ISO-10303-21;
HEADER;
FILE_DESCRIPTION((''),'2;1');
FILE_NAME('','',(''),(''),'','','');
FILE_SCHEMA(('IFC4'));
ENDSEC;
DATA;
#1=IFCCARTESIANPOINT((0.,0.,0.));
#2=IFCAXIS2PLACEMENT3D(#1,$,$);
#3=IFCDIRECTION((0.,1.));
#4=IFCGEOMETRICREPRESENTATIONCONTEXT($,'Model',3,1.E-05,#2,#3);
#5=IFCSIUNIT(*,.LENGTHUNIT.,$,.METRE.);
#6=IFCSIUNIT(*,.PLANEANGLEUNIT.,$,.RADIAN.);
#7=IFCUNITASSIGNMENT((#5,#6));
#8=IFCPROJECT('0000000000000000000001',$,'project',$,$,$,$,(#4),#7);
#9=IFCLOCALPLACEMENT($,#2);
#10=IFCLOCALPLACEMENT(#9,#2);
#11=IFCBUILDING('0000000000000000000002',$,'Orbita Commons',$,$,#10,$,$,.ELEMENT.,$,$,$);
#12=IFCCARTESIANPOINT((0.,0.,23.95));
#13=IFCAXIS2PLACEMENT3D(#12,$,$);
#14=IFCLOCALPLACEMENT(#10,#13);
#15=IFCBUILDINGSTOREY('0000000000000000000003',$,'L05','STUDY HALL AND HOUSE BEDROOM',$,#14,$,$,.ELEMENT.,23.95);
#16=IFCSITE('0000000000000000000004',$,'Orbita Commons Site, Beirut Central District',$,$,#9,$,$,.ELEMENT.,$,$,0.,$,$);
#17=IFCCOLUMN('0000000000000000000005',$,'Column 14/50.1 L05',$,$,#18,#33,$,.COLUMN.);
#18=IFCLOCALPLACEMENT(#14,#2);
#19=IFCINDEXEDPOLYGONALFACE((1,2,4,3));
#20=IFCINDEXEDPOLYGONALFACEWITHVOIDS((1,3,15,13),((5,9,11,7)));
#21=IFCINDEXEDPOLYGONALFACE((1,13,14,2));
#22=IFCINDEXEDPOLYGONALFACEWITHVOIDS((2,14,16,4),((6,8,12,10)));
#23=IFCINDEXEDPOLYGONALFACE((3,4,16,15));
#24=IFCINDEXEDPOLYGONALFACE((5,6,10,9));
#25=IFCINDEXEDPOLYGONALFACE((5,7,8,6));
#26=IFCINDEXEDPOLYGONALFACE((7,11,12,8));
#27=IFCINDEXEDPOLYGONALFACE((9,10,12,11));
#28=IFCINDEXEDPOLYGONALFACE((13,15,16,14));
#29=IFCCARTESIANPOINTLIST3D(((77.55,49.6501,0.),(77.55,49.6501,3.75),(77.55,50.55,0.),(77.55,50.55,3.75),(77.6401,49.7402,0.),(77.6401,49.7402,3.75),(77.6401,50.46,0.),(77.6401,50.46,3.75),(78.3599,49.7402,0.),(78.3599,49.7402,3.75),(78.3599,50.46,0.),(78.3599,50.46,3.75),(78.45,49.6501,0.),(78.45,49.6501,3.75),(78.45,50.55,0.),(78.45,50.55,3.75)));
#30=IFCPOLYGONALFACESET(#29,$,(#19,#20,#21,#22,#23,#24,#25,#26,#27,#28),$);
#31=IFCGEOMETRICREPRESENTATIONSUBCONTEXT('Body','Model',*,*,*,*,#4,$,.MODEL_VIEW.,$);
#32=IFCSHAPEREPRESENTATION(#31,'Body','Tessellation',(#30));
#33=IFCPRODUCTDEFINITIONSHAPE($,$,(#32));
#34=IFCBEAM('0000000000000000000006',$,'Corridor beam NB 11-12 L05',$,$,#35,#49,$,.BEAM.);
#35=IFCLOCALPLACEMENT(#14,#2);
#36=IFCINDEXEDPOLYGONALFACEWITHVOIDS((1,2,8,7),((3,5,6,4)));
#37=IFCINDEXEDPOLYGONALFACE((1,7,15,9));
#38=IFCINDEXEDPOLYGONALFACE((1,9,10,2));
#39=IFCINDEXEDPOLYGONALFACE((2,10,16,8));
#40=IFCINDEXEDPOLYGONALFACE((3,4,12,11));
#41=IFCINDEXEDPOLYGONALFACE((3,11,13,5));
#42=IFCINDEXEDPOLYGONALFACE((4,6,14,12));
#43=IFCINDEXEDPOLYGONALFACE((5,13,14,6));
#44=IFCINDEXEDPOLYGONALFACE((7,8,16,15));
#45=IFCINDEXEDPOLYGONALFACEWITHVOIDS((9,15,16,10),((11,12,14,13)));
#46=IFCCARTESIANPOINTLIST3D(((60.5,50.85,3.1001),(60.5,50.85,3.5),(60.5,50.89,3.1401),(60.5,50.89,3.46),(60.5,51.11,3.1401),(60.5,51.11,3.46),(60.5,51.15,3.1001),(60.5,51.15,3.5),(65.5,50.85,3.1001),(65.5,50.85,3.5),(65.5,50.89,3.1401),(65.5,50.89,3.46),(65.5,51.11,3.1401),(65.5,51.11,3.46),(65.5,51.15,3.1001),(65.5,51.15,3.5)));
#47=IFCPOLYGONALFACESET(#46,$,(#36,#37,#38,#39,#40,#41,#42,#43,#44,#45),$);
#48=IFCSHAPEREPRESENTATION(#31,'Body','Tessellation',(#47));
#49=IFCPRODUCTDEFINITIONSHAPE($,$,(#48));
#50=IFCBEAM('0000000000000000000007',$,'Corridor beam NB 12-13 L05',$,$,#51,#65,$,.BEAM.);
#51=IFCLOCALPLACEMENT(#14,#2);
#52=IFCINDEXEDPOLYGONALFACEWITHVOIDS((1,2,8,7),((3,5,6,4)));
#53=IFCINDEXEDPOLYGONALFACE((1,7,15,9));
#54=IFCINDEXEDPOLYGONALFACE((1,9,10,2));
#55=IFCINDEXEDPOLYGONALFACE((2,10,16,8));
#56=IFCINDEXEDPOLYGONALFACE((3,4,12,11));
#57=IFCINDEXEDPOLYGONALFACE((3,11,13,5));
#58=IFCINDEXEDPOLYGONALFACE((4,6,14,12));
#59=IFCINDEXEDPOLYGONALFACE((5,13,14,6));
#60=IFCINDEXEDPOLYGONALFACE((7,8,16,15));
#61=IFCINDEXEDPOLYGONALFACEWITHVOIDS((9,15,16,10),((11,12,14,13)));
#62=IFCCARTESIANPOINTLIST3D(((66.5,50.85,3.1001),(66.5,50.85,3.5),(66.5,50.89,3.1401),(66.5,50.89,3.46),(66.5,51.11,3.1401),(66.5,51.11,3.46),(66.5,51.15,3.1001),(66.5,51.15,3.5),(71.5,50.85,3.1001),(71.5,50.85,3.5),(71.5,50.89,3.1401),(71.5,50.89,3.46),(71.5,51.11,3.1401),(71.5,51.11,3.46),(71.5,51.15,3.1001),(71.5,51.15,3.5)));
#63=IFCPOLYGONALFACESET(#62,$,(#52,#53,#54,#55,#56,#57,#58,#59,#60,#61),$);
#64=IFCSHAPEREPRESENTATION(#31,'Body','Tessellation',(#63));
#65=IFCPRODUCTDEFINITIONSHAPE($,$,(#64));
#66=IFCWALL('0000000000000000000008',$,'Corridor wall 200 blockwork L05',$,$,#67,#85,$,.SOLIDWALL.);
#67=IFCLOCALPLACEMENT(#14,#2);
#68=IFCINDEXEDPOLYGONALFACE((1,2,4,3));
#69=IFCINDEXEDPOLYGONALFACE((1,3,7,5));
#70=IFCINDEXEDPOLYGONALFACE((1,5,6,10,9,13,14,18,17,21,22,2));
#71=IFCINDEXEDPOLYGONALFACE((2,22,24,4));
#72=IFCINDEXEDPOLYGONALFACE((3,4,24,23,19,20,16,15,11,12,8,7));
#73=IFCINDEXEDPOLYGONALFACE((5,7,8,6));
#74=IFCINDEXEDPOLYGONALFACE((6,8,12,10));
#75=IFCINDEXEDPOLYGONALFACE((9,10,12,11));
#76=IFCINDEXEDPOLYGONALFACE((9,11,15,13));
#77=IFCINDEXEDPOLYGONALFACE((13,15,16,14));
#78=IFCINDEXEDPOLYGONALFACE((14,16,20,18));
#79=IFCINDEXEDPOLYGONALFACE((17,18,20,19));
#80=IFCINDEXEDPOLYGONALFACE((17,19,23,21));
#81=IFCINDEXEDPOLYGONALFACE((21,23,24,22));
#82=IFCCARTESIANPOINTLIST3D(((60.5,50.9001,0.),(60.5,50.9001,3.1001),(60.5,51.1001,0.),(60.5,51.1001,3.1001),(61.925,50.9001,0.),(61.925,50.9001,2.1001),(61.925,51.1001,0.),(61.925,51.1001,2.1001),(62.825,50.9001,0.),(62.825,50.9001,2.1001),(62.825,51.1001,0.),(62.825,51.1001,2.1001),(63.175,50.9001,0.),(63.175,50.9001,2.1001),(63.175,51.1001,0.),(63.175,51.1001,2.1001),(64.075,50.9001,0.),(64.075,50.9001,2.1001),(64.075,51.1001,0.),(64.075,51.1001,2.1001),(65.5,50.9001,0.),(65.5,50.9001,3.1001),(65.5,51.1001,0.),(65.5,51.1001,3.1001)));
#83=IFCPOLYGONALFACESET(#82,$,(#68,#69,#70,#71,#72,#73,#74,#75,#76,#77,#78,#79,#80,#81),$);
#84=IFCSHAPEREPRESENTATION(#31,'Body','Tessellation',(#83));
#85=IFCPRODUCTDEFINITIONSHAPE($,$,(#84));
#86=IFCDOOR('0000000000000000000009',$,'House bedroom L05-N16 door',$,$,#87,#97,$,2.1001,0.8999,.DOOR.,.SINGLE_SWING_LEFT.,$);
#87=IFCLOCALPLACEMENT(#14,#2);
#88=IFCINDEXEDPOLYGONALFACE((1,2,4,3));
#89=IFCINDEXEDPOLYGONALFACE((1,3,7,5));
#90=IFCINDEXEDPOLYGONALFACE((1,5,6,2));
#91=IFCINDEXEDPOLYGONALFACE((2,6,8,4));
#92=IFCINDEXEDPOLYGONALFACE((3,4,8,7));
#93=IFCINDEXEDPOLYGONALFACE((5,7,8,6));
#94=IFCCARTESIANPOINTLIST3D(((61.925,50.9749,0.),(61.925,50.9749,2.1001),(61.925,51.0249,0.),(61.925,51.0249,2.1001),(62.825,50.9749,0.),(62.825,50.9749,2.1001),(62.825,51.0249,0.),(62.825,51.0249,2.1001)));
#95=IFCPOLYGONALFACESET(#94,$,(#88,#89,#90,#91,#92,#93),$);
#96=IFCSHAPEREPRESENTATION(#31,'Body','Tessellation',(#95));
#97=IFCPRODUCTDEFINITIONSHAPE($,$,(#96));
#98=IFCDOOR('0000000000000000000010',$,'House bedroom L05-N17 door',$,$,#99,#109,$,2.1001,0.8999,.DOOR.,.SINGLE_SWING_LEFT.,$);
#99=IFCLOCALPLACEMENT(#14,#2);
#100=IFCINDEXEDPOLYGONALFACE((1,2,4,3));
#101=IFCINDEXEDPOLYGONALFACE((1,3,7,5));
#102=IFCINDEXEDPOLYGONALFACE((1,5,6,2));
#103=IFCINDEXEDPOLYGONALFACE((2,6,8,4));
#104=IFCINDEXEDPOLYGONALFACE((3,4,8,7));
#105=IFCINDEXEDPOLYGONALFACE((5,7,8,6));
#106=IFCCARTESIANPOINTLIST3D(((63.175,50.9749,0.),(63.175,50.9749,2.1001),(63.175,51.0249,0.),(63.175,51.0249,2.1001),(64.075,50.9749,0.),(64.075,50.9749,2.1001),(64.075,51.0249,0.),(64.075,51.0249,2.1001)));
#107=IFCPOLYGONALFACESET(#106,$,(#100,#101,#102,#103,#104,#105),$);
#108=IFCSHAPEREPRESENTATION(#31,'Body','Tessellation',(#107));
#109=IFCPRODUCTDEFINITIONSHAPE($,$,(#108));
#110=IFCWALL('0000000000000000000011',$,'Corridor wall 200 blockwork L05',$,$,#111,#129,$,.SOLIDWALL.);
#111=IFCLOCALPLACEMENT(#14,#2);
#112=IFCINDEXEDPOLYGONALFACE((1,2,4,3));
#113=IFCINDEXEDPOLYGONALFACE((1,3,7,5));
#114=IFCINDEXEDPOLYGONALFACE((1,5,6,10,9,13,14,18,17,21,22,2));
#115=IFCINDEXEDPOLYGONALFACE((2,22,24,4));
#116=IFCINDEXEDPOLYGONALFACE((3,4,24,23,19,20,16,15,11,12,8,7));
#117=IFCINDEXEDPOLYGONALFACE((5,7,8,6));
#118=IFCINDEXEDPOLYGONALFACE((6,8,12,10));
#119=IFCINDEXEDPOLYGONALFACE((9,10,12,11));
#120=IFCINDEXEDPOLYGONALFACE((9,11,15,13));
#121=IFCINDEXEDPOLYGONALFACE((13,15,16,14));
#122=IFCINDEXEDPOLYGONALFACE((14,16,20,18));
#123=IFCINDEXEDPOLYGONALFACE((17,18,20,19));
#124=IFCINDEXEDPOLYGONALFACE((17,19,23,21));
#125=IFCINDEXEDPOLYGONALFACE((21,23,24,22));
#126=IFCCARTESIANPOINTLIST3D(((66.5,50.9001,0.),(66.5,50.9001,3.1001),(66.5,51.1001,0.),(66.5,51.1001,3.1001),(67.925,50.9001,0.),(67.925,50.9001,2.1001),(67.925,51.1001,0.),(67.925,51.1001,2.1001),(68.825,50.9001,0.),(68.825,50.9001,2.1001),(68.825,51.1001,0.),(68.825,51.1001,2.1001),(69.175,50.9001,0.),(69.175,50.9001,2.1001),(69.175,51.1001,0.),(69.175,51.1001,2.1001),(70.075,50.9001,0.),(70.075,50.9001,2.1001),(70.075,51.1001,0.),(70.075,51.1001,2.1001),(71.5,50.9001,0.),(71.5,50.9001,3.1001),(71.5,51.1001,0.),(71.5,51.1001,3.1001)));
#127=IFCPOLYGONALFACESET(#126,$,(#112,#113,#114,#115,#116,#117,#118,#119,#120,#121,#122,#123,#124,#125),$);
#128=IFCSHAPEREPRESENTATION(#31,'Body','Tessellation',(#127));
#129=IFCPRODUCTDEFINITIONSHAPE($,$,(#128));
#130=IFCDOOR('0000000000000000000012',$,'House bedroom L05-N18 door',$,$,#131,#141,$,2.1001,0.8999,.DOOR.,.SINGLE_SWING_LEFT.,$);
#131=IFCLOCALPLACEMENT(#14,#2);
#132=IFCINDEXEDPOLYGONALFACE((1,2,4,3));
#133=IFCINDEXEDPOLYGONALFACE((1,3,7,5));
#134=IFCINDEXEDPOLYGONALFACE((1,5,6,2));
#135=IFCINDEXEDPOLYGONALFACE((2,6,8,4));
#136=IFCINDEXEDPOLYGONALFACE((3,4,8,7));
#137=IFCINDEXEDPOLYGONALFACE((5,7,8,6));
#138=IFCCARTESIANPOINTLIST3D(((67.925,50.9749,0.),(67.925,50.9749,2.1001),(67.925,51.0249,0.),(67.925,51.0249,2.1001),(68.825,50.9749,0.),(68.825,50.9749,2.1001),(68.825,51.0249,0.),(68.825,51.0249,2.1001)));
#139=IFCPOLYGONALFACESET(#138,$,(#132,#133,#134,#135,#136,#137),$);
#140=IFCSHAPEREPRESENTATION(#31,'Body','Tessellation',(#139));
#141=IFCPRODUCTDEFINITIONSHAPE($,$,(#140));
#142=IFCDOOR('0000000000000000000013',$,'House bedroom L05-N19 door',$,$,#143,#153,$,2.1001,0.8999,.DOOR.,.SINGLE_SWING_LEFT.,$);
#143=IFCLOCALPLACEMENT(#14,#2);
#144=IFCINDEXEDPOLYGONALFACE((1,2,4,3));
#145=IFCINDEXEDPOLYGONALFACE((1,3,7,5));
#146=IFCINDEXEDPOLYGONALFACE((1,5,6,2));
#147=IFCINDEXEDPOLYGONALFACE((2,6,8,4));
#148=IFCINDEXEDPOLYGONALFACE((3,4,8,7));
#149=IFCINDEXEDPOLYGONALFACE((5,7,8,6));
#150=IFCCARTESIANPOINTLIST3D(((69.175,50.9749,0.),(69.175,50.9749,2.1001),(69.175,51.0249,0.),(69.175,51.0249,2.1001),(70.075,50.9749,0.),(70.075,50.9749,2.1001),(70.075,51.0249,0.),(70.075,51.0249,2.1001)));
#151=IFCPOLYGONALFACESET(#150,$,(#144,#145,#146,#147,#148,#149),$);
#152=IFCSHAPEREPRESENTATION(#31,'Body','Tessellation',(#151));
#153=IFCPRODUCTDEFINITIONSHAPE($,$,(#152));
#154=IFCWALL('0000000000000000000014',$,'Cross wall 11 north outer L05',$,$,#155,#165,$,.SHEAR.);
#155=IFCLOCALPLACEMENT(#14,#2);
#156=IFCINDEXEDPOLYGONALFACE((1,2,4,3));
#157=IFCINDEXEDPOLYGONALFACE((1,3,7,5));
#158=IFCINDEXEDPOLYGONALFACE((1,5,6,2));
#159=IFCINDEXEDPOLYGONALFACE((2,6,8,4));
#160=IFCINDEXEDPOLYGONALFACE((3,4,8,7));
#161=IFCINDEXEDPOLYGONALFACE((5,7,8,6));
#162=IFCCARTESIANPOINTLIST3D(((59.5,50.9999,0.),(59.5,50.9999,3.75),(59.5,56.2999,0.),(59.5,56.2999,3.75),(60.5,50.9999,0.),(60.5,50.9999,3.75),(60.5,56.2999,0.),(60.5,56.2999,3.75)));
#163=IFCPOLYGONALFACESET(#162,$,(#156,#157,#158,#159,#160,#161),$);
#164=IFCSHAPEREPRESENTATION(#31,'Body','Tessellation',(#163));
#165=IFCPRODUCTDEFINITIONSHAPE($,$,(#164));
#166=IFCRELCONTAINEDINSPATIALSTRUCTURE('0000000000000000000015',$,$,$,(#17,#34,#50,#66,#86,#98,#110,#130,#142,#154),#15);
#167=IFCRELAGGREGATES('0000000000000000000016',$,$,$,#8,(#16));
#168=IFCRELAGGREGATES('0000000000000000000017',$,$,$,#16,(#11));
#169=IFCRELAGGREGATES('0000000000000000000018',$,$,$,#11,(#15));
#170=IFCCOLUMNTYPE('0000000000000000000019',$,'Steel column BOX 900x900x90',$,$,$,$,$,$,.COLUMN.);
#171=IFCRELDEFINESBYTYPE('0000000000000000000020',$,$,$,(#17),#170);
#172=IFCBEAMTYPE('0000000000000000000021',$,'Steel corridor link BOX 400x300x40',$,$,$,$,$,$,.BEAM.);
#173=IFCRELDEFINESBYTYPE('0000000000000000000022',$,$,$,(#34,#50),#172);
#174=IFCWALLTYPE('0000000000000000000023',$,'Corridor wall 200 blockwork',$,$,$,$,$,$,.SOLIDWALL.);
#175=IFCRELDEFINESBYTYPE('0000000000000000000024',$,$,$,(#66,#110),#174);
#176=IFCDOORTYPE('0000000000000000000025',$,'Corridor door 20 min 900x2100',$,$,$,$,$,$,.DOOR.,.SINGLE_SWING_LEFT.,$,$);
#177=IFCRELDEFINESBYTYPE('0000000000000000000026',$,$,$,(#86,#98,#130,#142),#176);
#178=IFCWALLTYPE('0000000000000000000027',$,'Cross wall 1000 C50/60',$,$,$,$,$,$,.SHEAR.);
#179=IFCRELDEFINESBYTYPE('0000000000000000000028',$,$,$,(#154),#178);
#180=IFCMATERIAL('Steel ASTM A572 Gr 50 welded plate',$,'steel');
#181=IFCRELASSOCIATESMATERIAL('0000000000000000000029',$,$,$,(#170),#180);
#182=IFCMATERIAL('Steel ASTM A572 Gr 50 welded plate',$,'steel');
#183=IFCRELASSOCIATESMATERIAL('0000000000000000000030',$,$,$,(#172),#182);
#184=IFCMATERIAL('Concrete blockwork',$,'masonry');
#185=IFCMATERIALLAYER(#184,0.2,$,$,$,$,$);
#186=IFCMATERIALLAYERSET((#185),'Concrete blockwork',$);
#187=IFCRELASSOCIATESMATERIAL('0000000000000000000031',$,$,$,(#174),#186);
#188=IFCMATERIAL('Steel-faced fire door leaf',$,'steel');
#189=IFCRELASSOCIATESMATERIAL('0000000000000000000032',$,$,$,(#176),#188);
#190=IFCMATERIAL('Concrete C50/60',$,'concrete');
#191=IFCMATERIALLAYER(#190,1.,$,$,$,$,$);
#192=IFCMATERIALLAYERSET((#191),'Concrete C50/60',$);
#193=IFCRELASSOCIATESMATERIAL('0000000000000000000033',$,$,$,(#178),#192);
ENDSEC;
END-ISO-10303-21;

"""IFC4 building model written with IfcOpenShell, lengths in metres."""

from ifc_helpers import new_model, si_unit, direction, frame, frame_2d, origin, origin_2d, place, context, subcontext, project, spatial, polyline, rectangle, hollow_rectangle, outline, extrude, material, layer, layer_set, material_profile, profile_set, type_object, element, fill, save


model = new_model("IFC4")

# Units and contexts
model_context = context("Model", 3, precision=1e-05, world=origin(), true_north=direction((0.0, 1.0)))
body_context = subcontext(model_context, "Body", "Model", "MODEL_VIEW")
ifc_project = project(units=[si_unit("LENGTHUNIT", "METRE"), si_unit("PLANEANGLEUNIT", "RADIAN")], contexts=[model_context])

# Site, building, storey
site_placement = place(None, origin())
site = spatial("IfcSite", under=ifc_project, at=site_placement, Name="Orbita Commons Site, Beirut Central District", CompositionType="ELEMENT", RefElevation=0.0)
building_placement = place(site_placement, origin())
building = spatial("IfcBuilding", under=site, at=building_placement, Name="Orbita Commons", CompositionType="ELEMENT")
storey_placement = place(building_placement, frame((0.0, 0.0, 23.95)))
storey = spatial("IfcBuildingStorey", under=building, at=storey_placement, Name="L05", Description="STUDY HALL AND HOUSE BEDROOM", CompositionType="ELEMENT", Elevation=23.95)

# Column
ifc_material_1 = material(Name="Steel ASTM A572 Gr 50 welded plate", Category="steel")
ifc_material_profile_1 = material_profile(ifc_material_1, hollow_rectangle(XDim=0.8999, YDim=0.8999, WallThickness=0.0901, at=origin_2d()), Name="BOX 900x900x90")
ifc_profile_set_1 = profile_set([ifc_material_profile_1], Name="Steel ASTM A572 Gr 50 welded plate")
column_type = type_object("IfcColumnType", Name="Steel column BOX 900x900x90", PredefinedType="COLUMN", material=ifc_profile_set_1)
column_placement = place(storey_placement, frame((78.0, 50.1001, 0.0), z_axis=(0.0, 0.0, 1.0), x_axis=(1.0, 0.0, 0.0)))
element("IfcColumn", 1, at=column_placement, inside=storey, type_object=column_type, Name="Column 14/50.1 L05", PredefinedType="COLUMN", context=body_context, shape_type="SweptSolid", body=[
    extrude(hollow_rectangle(XDim=0.8999, YDim=0.8999, WallThickness=0.0901, at=origin_2d()), origin(), (0.0, 0.0, 1.0), 3.75),
])

# Beams
ifc_material_2 = material(Name="Steel ASTM A572 Gr 50 welded plate", Category="steel")
ifc_material_profile_2 = material_profile(ifc_material_2, hollow_rectangle(XDim=0.3, YDim=0.3999, WallThickness=0.04, at=origin_2d()), Name="BOX 400x300x40")
ifc_profile_set_2 = profile_set([ifc_material_profile_2], Name="Steel ASTM A572 Gr 50 welded plate")
beam_type = type_object("IfcBeamType", Name="Steel corridor link BOX 400x300x40", PredefinedType="BEAM", material=ifc_profile_set_2)
for number, where, z_axis, x_axis, name in (
    (2, (60.5, 51.0, 3.3), (1.0, 0.0, 0.0), (0.0, 1.0, 0.0), "Corridor beam NB 11-12 L05"),
    (3, (66.5, 51.0, 3.3), (1.0, 0.0, 0.0), (0.0, 1.0, 0.0), "Corridor beam NB 12-13 L05"),
):
    element("IfcBeam", number, at=place(storey_placement, frame(where, z_axis=z_axis, x_axis=x_axis)), inside=storey, type_object=beam_type, Name=name, PredefinedType="BEAM", context=body_context, shape_type="SweptSolid", body=[
        extrude(hollow_rectangle(XDim=0.3, YDim=0.3999, WallThickness=0.04, at=origin_2d()), origin(), (0.0, 0.0, 1.0), 5.0),
    ])

# Walls, openings, doors
ifc_material_3 = material(Name="Concrete blockwork", Category="masonry")
ifc_layer_1 = layer(ifc_material_3, 0.2)
ifc_layer_set_1 = layer_set([ifc_layer_1], Name="Concrete blockwork")
wall_type_1 = type_object("IfcWallType", Name="Corridor wall 200 blockwork", PredefinedType="SOLIDWALL", material=ifc_layer_set_1)
wall_1_placement = place(storey_placement, frame((60.5, 51.0, 0.0), z_axis=(0.0, 0.0, 1.0), x_axis=(1.0, 0.0, 0.0)))
wall_1 = element("IfcWall", 4, at=wall_1_placement, inside=storey, type_object=wall_type_1, Name="Corridor wall 200 blockwork L05", PredefinedType="SOLIDWALL", context=body_context, shape_type="SweptSolid", body=[
    extrude(outline(polyline([(0.0, 0.0), (5.0, 0.0), (5.0, 3.1001), (0.0, 3.1001), (0.0, 0.0)])), frame((0.0, 0.1001, 0.0), z_axis=(0.0, -1.0, 0.0), x_axis=(1.0, 0.0, 0.0)), (0.0, 0.0, 1.0), 0.2),
])
opening_1_placement = place(wall_1_placement, frame((1.425, 0.0, 0.0)))
opening_1 = element("IfcOpeningElement", 5, at=opening_1_placement, cuts=wall_1, PredefinedType="OPENING", context=body_context, shape_type="SweptSolid", body=[
    extrude(rectangle(XDim=0.8999, YDim=2.1001, at=frame_2d((0.45, 1.05))), frame((0.0, 0.1099, 0.0), z_axis=(0.0, -1.0, 0.0), x_axis=(1.0, 0.0, 0.0)), (0.0, 0.0, 1.0), 0.22),
])
opening_2_placement = place(wall_1_placement, frame((2.675, 0.0, 0.0)))
opening_2 = element("IfcOpeningElement", 6, at=opening_2_placement, cuts=wall_1, PredefinedType="OPENING", context=body_context, shape_type="SweptSolid", body=[
    extrude(rectangle(XDim=0.8999, YDim=2.1001, at=frame_2d((0.45, 1.05))), frame((0.0, 0.1099, 0.0), z_axis=(0.0, -1.0, 0.0), x_axis=(1.0, 0.0, 0.0)), (0.0, 0.0, 1.0), 0.22),
])
ifc_material_4 = material(Name="Steel-faced fire door leaf", Category="steel")
door_type_1 = type_object("IfcDoorType", Name="Corridor door 20 min 900x2100", OperationType="SINGLE_SWING_LEFT", PredefinedType="DOOR", material=ifc_material_4)
door_1_placement = place(opening_1_placement, origin())
door_1 = element("IfcDoor", 7, at=door_1_placement, inside=storey, type_object=door_type_1, Name="House bedroom L05-N16 door", OperationType="SINGLE_SWING_LEFT", OverallHeight=2.1001, OverallWidth=0.8999, PredefinedType="DOOR", context=body_context, shape_type="SweptSolid", body=[
    extrude(rectangle(XDim=0.8999, YDim=2.1001, at=frame_2d((0.45, 1.05))), frame((0.0, 0.0249, 0.0), z_axis=(0.0, -1.0, 0.0), x_axis=(1.0, 0.0, 0.0)), (0.0, 0.0, 1.0), 0.05),
])
fill(opening_1, door_1)
door_2_placement = place(opening_2_placement, origin())
door_2 = element("IfcDoor", 8, at=door_2_placement, inside=storey, type_object=door_type_1, Name="House bedroom L05-N17 door", OperationType="SINGLE_SWING_LEFT", OverallHeight=2.1001, OverallWidth=0.8999, PredefinedType="DOOR", context=body_context, shape_type="SweptSolid", body=[
    extrude(rectangle(XDim=0.8999, YDim=2.1001, at=frame_2d((0.45, 1.05))), frame((0.0, 0.0249, 0.0), z_axis=(0.0, -1.0, 0.0), x_axis=(1.0, 0.0, 0.0)), (0.0, 0.0, 1.0), 0.05),
])
fill(opening_2, door_2)
wall_2_placement = place(storey_placement, frame((66.5, 51.0, 0.0), z_axis=(0.0, 0.0, 1.0), x_axis=(1.0, 0.0, 0.0)))
wall_2 = element("IfcWall", 9, at=wall_2_placement, inside=storey, type_object=wall_type_1, Name="Corridor wall 200 blockwork L05", PredefinedType="SOLIDWALL", context=body_context, shape_type="SweptSolid", body=[
    extrude(outline(polyline([(0.0, 0.0), (5.0, 0.0), (5.0, 3.1001), (0.0, 3.1001), (0.0, 0.0)])), frame((0.0, 0.1001, 0.0), z_axis=(0.0, -1.0, 0.0), x_axis=(1.0, 0.0, 0.0)), (0.0, 0.0, 1.0), 0.2),
])
opening_3_placement = place(wall_2_placement, frame((1.425, 0.0, 0.0)))
opening_3 = element("IfcOpeningElement", 10, at=opening_3_placement, cuts=wall_2, PredefinedType="OPENING", context=body_context, shape_type="SweptSolid", body=[
    extrude(rectangle(XDim=0.8999, YDim=2.1001, at=frame_2d((0.45, 1.05))), frame((0.0, 0.1099, 0.0), z_axis=(0.0, -1.0, 0.0), x_axis=(1.0, 0.0, 0.0)), (0.0, 0.0, 1.0), 0.22),
])
opening_4_placement = place(wall_2_placement, frame((2.675, 0.0, 0.0)))
opening_4 = element("IfcOpeningElement", 11, at=opening_4_placement, cuts=wall_2, PredefinedType="OPENING", context=body_context, shape_type="SweptSolid", body=[
    extrude(rectangle(XDim=0.8999, YDim=2.1001, at=frame_2d((0.45, 1.05))), frame((0.0, 0.1099, 0.0), z_axis=(0.0, -1.0, 0.0), x_axis=(1.0, 0.0, 0.0)), (0.0, 0.0, 1.0), 0.22),
])
door_3_placement = place(opening_3_placement, origin())
door_3 = element("IfcDoor", 12, at=door_3_placement, inside=storey, type_object=door_type_1, Name="House bedroom L05-N18 door", OperationType="SINGLE_SWING_LEFT", OverallHeight=2.1001, OverallWidth=0.8999, PredefinedType="DOOR", context=body_context, shape_type="SweptSolid", body=[
    extrude(rectangle(XDim=0.8999, YDim=2.1001, at=frame_2d((0.45, 1.05))), frame((0.0, 0.0249, 0.0), z_axis=(0.0, -1.0, 0.0), x_axis=(1.0, 0.0, 0.0)), (0.0, 0.0, 1.0), 0.05),
])
fill(opening_3, door_3)
door_4_placement = place(opening_4_placement, origin())
door_4 = element("IfcDoor", 13, at=door_4_placement, inside=storey, type_object=door_type_1, Name="House bedroom L05-N19 door", OperationType="SINGLE_SWING_LEFT", OverallHeight=2.1001, OverallWidth=0.8999, PredefinedType="DOOR", context=body_context, shape_type="SweptSolid", body=[
    extrude(rectangle(XDim=0.8999, YDim=2.1001, at=frame_2d((0.45, 1.05))), frame((0.0, 0.0249, 0.0), z_axis=(0.0, -1.0, 0.0), x_axis=(1.0, 0.0, 0.0)), (0.0, 0.0, 1.0), 0.05),
])
fill(opening_4, door_4)

# Wall
ifc_material_5 = material(Name="Concrete C50/60", Category="concrete")
ifc_layer_2 = layer(ifc_material_5, 1.0)
ifc_layer_set_2 = layer_set([ifc_layer_2], Name="Concrete C50/60")
wall_type_2 = type_object("IfcWallType", Name="Cross wall 1000 C50/60", PredefinedType="SHEAR", material=ifc_layer_set_2)
for number, where, z_axis, x_axis, name in (
    (14, (60.0, 51.0, 0.0), (0.0, 0.0, 1.0), (0.0, 1.0, 0.0), "Cross wall 11 north outer L05"),
):
    element("IfcWall", number, at=place(storey_placement, frame(where, z_axis=z_axis, x_axis=x_axis)), inside=storey, type_object=wall_type_2, Name=name, PredefinedType="SHEAR", context=body_context, shape_type="SweptSolid", body=[
        extrude(rectangle(XDim=5.3, YDim=1.0, at=frame_2d((2.6499, 0.0))), origin(), (0.0, 0.0, 1.0), 3.75),
    ])

save(model, "model.ifc")
